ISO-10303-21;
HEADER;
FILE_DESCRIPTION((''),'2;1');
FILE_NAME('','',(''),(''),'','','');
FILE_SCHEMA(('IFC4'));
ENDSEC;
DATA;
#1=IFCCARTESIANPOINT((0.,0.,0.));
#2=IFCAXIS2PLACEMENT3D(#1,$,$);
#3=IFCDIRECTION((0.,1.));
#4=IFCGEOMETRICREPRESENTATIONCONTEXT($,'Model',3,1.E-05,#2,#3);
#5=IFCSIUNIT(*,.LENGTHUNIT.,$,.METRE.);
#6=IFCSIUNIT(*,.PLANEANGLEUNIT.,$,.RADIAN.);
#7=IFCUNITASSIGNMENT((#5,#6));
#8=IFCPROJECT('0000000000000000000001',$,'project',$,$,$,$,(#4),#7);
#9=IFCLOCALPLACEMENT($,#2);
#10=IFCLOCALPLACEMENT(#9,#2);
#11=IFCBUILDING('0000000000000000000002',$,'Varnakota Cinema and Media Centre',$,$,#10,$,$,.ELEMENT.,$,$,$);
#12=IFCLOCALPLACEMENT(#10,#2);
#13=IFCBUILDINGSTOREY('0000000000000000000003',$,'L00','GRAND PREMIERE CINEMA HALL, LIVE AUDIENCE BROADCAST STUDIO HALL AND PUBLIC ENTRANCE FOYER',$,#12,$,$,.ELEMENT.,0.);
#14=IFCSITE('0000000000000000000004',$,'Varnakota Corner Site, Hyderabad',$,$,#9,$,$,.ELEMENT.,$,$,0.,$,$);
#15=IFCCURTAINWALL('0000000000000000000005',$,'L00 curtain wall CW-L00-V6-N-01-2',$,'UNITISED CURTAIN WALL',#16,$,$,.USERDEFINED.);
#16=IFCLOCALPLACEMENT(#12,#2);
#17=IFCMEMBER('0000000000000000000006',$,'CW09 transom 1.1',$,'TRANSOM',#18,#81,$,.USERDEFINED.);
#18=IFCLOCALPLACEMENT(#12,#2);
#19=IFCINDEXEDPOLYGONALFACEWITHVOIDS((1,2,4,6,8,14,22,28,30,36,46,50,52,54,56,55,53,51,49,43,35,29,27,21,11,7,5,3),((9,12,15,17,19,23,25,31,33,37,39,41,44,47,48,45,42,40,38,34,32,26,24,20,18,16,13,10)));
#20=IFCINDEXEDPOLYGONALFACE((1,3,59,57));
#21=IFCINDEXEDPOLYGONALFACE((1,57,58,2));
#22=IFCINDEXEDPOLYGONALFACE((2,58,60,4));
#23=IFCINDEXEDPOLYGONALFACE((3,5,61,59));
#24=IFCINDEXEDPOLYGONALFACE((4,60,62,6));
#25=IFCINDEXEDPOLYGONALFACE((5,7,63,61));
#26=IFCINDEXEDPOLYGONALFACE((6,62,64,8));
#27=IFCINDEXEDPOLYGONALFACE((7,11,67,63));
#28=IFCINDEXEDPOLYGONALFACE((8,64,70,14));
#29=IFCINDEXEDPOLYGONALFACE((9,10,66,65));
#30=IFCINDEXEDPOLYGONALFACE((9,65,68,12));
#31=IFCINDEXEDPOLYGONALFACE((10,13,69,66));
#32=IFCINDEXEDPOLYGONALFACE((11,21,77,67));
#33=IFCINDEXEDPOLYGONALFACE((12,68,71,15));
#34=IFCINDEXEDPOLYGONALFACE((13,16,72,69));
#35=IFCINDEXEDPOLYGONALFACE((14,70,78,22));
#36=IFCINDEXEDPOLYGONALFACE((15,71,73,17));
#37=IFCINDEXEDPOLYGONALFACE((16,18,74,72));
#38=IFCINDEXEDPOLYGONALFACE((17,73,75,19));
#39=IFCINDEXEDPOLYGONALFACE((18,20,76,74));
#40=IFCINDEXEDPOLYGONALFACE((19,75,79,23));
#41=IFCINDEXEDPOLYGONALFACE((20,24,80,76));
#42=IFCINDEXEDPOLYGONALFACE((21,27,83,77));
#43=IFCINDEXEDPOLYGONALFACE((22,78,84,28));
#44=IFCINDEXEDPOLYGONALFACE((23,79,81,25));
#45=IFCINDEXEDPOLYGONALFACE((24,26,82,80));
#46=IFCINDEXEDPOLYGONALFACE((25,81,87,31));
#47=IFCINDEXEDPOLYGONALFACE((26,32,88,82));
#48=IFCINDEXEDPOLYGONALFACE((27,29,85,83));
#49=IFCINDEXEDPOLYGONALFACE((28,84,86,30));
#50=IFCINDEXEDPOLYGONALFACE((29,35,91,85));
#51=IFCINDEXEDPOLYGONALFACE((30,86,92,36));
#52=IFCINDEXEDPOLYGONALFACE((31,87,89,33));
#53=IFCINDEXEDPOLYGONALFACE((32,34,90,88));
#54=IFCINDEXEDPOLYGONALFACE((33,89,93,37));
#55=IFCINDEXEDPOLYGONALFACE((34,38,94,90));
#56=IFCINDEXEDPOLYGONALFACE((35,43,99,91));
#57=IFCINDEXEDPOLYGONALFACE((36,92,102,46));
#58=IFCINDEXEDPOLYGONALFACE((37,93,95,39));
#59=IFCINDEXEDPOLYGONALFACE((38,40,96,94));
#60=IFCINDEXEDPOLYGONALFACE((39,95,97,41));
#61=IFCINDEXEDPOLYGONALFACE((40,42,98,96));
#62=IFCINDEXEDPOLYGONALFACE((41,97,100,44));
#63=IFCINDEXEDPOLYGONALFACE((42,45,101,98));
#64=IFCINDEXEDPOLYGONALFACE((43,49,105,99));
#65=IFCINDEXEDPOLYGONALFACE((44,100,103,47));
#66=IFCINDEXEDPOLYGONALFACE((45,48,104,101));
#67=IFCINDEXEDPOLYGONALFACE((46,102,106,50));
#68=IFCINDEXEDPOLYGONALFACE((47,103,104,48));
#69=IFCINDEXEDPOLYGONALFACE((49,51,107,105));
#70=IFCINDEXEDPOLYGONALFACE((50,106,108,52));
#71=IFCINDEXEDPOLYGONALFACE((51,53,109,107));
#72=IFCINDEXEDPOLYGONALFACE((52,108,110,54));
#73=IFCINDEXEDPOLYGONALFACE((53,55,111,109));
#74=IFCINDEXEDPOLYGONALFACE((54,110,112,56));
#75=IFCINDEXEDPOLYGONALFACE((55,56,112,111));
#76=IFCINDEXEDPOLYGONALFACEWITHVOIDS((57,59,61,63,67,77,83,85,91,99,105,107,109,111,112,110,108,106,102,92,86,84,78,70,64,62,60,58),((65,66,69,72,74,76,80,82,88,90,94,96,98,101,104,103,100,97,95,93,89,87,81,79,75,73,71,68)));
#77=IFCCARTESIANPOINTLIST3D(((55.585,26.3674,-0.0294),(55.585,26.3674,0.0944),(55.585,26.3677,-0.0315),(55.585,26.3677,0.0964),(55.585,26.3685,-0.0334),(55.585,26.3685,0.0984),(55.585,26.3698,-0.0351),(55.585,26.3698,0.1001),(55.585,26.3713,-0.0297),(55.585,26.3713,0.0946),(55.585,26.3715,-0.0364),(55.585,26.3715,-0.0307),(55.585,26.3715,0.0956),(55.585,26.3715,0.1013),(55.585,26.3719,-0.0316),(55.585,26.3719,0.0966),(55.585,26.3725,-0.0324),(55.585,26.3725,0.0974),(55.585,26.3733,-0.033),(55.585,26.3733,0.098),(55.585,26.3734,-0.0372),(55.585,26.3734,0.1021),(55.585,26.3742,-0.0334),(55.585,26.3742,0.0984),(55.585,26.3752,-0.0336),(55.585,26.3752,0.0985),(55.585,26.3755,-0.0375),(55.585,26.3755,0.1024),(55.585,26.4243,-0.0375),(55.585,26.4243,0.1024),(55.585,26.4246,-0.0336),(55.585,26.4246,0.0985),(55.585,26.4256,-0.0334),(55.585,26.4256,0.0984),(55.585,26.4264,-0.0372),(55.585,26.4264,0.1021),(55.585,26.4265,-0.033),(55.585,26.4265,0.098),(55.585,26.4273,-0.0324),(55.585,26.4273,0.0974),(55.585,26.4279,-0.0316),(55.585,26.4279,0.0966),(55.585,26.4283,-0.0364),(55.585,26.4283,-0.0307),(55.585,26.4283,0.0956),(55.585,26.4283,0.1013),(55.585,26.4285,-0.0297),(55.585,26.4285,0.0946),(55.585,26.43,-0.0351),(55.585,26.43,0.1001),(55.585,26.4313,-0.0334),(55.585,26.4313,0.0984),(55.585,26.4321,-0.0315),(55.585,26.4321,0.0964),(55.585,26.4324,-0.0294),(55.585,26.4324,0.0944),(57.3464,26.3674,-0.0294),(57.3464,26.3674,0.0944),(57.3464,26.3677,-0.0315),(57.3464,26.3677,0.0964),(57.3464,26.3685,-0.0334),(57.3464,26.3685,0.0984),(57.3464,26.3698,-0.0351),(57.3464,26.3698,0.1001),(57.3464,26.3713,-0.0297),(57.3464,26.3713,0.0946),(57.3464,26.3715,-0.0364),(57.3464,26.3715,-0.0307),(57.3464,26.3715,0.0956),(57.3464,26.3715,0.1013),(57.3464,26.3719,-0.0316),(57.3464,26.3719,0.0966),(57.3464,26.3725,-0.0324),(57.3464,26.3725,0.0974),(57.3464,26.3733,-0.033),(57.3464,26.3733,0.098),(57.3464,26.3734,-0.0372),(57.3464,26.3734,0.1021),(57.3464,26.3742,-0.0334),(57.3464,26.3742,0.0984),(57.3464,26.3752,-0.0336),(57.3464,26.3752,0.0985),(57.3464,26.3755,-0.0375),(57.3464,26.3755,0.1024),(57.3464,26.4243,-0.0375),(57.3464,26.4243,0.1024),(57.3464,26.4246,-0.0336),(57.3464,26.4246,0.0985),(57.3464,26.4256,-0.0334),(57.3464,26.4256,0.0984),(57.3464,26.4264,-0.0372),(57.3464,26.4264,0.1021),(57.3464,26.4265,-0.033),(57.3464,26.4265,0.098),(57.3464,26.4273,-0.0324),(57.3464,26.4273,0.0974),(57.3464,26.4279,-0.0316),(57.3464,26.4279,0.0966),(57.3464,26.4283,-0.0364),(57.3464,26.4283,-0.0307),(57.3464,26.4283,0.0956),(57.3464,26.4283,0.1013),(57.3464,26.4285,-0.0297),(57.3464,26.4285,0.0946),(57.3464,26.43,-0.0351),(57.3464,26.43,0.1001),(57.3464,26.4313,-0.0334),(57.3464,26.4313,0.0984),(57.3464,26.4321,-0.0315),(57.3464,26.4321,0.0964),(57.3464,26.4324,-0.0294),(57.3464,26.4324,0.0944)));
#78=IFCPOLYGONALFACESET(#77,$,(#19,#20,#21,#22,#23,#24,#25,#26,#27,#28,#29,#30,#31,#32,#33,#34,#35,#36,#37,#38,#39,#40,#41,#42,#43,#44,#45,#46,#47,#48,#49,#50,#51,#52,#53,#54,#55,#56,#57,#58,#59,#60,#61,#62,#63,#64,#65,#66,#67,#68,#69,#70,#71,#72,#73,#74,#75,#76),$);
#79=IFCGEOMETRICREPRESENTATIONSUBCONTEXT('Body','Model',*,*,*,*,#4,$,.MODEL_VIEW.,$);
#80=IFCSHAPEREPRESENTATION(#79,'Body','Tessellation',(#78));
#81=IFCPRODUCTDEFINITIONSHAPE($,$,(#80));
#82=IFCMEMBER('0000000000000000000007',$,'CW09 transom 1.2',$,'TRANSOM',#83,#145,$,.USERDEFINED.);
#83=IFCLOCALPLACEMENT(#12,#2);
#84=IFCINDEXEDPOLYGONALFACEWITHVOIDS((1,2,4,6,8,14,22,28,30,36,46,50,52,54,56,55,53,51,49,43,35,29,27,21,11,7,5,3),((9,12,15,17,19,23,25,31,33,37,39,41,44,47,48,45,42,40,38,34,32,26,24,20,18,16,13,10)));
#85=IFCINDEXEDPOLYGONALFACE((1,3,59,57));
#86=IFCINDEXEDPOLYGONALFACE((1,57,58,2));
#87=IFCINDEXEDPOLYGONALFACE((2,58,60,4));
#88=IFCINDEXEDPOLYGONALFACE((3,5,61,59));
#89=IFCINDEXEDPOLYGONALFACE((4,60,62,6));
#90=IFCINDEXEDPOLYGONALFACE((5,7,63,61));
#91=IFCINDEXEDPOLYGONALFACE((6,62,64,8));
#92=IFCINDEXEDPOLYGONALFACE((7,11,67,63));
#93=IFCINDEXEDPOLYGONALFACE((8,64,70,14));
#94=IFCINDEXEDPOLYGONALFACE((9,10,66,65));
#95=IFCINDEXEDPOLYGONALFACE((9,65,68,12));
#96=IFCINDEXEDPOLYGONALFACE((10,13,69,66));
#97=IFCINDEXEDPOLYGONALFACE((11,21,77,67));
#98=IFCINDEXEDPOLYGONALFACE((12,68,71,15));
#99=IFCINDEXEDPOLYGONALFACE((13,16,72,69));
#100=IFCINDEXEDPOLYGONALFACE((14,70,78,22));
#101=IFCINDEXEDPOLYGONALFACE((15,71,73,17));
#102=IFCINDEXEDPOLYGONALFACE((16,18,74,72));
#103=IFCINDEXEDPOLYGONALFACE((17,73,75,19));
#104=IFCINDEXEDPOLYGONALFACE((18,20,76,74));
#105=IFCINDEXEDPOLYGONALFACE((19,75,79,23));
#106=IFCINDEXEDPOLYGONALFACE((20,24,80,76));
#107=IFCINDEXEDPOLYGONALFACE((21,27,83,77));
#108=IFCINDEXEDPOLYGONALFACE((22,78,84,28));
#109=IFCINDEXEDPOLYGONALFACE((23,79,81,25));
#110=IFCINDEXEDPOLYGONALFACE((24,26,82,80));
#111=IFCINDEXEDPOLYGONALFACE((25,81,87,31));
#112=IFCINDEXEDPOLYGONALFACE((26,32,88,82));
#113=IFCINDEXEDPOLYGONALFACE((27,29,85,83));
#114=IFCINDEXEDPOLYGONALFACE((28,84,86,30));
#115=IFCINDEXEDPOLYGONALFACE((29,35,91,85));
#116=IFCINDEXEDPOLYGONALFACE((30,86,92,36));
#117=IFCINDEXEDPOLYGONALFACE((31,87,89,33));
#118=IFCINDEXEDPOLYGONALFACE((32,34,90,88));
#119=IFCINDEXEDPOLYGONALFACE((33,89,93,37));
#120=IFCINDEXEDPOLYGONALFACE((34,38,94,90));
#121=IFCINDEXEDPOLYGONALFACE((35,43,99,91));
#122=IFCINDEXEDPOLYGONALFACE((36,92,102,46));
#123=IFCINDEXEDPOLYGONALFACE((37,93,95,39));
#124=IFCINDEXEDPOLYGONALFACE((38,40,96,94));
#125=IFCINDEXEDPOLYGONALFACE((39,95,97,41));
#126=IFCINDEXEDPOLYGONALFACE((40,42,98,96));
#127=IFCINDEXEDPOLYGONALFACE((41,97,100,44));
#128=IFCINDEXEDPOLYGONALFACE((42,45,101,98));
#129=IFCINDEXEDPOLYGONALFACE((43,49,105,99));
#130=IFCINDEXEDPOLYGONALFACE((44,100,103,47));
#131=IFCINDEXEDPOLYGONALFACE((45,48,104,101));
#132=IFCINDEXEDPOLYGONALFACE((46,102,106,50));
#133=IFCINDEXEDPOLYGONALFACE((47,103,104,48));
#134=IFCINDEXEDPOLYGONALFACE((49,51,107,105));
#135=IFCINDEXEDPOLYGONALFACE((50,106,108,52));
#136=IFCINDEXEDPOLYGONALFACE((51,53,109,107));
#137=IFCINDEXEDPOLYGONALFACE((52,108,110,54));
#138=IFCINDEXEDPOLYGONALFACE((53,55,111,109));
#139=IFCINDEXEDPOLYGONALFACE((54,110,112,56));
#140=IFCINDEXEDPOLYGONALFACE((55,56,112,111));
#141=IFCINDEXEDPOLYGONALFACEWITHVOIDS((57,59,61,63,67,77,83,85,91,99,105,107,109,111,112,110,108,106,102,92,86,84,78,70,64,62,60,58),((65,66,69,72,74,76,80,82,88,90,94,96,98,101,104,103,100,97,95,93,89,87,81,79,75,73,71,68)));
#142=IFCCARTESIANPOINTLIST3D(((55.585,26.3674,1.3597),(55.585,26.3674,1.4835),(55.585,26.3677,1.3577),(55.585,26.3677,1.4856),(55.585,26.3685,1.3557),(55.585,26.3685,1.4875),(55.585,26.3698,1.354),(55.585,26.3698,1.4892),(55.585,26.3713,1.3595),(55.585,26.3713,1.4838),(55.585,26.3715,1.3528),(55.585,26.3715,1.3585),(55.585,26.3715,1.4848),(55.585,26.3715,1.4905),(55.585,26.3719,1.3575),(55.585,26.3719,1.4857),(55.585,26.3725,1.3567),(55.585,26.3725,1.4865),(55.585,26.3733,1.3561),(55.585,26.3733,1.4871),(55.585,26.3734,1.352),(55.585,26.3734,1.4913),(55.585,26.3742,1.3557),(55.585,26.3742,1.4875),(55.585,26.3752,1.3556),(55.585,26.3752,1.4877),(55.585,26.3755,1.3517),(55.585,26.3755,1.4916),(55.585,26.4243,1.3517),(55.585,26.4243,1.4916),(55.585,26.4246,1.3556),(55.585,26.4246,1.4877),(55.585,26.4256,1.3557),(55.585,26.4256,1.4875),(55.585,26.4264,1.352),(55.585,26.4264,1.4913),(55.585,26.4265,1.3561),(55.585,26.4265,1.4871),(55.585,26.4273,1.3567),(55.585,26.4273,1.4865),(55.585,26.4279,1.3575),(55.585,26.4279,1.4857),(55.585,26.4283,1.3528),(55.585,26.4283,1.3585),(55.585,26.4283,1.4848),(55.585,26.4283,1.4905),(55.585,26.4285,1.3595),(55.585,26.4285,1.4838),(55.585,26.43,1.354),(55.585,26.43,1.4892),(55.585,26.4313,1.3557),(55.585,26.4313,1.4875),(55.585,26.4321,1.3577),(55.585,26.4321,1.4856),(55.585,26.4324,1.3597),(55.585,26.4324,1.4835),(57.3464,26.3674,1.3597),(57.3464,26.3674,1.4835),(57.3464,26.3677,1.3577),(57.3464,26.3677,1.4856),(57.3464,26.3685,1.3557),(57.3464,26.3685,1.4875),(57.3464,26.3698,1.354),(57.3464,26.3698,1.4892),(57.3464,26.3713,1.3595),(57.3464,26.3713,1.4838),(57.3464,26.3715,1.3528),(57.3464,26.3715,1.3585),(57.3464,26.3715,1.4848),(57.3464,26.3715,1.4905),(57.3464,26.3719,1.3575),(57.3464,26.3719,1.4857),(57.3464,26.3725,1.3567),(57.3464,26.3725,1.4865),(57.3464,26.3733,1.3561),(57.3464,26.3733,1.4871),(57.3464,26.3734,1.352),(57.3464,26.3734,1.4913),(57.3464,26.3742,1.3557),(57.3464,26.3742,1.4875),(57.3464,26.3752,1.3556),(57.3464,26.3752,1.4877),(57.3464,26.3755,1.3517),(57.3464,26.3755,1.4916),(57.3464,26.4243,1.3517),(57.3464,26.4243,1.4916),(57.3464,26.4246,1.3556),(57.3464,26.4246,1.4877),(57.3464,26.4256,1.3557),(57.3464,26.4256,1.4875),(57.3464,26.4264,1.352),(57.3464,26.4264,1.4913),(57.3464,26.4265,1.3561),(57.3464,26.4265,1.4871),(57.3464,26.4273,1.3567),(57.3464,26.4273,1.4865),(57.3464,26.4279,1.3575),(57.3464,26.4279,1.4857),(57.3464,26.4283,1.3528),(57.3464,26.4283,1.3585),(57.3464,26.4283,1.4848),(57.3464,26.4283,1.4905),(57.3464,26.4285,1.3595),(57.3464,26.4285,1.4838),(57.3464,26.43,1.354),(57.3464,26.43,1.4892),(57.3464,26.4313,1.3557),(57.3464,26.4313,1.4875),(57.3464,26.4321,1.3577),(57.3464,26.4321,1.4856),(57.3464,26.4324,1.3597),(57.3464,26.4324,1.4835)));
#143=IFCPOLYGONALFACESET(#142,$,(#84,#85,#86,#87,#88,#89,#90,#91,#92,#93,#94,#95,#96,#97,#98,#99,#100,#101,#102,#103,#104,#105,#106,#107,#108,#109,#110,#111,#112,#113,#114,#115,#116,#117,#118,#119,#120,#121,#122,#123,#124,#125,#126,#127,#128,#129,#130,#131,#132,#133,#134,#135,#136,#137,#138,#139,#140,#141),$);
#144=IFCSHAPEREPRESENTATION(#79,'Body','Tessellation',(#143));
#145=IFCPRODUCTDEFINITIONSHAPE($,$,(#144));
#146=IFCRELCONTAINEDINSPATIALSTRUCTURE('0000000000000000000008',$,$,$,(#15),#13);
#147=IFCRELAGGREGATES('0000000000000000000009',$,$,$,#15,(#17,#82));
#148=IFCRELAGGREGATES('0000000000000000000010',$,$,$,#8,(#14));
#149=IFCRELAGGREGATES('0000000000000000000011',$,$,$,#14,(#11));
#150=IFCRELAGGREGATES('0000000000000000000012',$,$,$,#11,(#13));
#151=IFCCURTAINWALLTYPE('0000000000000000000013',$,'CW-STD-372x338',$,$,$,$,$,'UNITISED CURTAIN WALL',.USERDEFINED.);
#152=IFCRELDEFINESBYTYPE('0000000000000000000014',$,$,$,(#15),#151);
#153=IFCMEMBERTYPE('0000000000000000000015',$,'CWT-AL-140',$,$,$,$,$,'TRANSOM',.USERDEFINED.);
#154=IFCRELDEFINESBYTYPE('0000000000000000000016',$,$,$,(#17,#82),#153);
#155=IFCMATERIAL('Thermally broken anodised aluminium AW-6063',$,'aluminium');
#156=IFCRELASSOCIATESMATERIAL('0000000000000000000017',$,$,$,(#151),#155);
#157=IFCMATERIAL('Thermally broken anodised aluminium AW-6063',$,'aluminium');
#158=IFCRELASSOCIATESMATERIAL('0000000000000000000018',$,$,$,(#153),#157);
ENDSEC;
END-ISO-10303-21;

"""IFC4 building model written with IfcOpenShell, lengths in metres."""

from ifc_helpers import new_model, si_unit, direction, frame, origin, origin_2d, place, context, subcontext, project, spatial, hollow_rectangle, extrude, material, material_profile, profile_set, type_object, element, aggregate, save


model = new_model("IFC4")

# Units and contexts
model_context = context("Model", 3, precision=1e-05, world=origin(), true_north=direction((0.0, 1.0)))
body_context = subcontext(model_context, "Body", "Model", "MODEL_VIEW")
ifc_project = project(units=[si_unit("LENGTHUNIT", "METRE"), si_unit("PLANEANGLEUNIT", "RADIAN")], contexts=[model_context])

# Site, building, storey
site_placement = place(None, origin())
site = spatial("IfcSite", under=ifc_project, at=site_placement, Name="Varnakota Corner Site, Hyderabad", CompositionType="ELEMENT", RefElevation=0.0)
building_placement = place(site_placement, origin())
building = spatial("IfcBuilding", under=site, at=building_placement, Name="Varnakota Cinema and Media Centre", CompositionType="ELEMENT")
storey_placement = place(building_placement, origin())
storey = spatial("IfcBuildingStorey", under=building, at=storey_placement, Name="L00", Description="GRAND PREMIERE CINEMA HALL, LIVE AUDIENCE BROADCAST STUDIO HALL AND PUBLIC ENTRANCE FOYER", CompositionType="ELEMENT", Elevation=0.0)

# Curtain wall
ifc_material_1 = material(Name="Thermally broken anodised aluminium AW-6063", Category="aluminium")
curtain_wall_type_1 = type_object("IfcCurtainWallType", Name="CW-STD-372x338", ElementType="UNITISED CURTAIN WALL", PredefinedType="USERDEFINED", material=ifc_material_1)
curtain_wall_1_placement = place(storey_placement, origin())
curtain_wall_1 = element("IfcCurtainWall", 1, at=curtain_wall_1_placement, inside=storey, type_object=curtain_wall_type_1, Name="L00 curtain wall CW-L00-V6-N-01-2", ObjectType="UNITISED CURTAIN WALL", PredefinedType="USERDEFINED")

# Members
ifc_material_2 = material(Name="Thermally broken anodised aluminium AW-6063", Category="aluminium")
ifc_material_profile_1 = material_profile(ifc_material_2, hollow_rectangle(XDim=0.0649, YDim=0.1399, WallThickness=0.0039, InnerFilletRadius=0.0039, OuterFilletRadius=0.0081, at=origin_2d()), Name="AL-TRANSOM 140x65x4")
ifc_profile_set_1 = profile_set([ifc_material_profile_1], Name="Thermally broken anodised aluminium AW-6063")
member_type_1 = type_object("IfcMemberType", Name="CWT-AL-140", ElementType="TRANSOM", PredefinedType="USERDEFINED", material=ifc_profile_set_1)
member_1_placement = place(storey_placement, frame((55.585, 26.3999, 0.0325), z_axis=(1.0, 0.0, 0.0), x_axis=(0.0, 1.0, 0.0)))
member_1 = element("IfcMember", 2, at=member_1_placement, type_object=member_type_1, Name="CW09 transom 1.1", ObjectType="TRANSOM", PredefinedType="USERDEFINED", context=body_context, shape_type="SweptSolid", body=[
    extrude(hollow_rectangle(XDim=0.0649, YDim=0.1399, WallThickness=0.0039, InnerFilletRadius=0.0039, OuterFilletRadius=0.0081, at=origin_2d()), origin(), (0.0, 0.0, 1.0), 1.7615),
])
member_2_placement = place(storey_placement, frame((55.585, 26.3999, 1.4216), z_axis=(1.0, 0.0, 0.0), x_axis=(0.0, 1.0, 0.0)))
member_2 = element("IfcMember", 3, at=member_2_placement, type_object=member_type_1, Name="CW09 transom 1.2", ObjectType="TRANSOM", PredefinedType="USERDEFINED", context=body_context, shape_type="SweptSolid", body=[
    extrude(hollow_rectangle(XDim=0.0649, YDim=0.1399, WallThickness=0.0039, InnerFilletRadius=0.0039, OuterFilletRadius=0.0081, at=origin_2d()), origin(), (0.0, 0.0, 1.0), 1.7615),
])

aggregate(curtain_wall_1, [member_1, member_2])

save(model, "model.ifc")
